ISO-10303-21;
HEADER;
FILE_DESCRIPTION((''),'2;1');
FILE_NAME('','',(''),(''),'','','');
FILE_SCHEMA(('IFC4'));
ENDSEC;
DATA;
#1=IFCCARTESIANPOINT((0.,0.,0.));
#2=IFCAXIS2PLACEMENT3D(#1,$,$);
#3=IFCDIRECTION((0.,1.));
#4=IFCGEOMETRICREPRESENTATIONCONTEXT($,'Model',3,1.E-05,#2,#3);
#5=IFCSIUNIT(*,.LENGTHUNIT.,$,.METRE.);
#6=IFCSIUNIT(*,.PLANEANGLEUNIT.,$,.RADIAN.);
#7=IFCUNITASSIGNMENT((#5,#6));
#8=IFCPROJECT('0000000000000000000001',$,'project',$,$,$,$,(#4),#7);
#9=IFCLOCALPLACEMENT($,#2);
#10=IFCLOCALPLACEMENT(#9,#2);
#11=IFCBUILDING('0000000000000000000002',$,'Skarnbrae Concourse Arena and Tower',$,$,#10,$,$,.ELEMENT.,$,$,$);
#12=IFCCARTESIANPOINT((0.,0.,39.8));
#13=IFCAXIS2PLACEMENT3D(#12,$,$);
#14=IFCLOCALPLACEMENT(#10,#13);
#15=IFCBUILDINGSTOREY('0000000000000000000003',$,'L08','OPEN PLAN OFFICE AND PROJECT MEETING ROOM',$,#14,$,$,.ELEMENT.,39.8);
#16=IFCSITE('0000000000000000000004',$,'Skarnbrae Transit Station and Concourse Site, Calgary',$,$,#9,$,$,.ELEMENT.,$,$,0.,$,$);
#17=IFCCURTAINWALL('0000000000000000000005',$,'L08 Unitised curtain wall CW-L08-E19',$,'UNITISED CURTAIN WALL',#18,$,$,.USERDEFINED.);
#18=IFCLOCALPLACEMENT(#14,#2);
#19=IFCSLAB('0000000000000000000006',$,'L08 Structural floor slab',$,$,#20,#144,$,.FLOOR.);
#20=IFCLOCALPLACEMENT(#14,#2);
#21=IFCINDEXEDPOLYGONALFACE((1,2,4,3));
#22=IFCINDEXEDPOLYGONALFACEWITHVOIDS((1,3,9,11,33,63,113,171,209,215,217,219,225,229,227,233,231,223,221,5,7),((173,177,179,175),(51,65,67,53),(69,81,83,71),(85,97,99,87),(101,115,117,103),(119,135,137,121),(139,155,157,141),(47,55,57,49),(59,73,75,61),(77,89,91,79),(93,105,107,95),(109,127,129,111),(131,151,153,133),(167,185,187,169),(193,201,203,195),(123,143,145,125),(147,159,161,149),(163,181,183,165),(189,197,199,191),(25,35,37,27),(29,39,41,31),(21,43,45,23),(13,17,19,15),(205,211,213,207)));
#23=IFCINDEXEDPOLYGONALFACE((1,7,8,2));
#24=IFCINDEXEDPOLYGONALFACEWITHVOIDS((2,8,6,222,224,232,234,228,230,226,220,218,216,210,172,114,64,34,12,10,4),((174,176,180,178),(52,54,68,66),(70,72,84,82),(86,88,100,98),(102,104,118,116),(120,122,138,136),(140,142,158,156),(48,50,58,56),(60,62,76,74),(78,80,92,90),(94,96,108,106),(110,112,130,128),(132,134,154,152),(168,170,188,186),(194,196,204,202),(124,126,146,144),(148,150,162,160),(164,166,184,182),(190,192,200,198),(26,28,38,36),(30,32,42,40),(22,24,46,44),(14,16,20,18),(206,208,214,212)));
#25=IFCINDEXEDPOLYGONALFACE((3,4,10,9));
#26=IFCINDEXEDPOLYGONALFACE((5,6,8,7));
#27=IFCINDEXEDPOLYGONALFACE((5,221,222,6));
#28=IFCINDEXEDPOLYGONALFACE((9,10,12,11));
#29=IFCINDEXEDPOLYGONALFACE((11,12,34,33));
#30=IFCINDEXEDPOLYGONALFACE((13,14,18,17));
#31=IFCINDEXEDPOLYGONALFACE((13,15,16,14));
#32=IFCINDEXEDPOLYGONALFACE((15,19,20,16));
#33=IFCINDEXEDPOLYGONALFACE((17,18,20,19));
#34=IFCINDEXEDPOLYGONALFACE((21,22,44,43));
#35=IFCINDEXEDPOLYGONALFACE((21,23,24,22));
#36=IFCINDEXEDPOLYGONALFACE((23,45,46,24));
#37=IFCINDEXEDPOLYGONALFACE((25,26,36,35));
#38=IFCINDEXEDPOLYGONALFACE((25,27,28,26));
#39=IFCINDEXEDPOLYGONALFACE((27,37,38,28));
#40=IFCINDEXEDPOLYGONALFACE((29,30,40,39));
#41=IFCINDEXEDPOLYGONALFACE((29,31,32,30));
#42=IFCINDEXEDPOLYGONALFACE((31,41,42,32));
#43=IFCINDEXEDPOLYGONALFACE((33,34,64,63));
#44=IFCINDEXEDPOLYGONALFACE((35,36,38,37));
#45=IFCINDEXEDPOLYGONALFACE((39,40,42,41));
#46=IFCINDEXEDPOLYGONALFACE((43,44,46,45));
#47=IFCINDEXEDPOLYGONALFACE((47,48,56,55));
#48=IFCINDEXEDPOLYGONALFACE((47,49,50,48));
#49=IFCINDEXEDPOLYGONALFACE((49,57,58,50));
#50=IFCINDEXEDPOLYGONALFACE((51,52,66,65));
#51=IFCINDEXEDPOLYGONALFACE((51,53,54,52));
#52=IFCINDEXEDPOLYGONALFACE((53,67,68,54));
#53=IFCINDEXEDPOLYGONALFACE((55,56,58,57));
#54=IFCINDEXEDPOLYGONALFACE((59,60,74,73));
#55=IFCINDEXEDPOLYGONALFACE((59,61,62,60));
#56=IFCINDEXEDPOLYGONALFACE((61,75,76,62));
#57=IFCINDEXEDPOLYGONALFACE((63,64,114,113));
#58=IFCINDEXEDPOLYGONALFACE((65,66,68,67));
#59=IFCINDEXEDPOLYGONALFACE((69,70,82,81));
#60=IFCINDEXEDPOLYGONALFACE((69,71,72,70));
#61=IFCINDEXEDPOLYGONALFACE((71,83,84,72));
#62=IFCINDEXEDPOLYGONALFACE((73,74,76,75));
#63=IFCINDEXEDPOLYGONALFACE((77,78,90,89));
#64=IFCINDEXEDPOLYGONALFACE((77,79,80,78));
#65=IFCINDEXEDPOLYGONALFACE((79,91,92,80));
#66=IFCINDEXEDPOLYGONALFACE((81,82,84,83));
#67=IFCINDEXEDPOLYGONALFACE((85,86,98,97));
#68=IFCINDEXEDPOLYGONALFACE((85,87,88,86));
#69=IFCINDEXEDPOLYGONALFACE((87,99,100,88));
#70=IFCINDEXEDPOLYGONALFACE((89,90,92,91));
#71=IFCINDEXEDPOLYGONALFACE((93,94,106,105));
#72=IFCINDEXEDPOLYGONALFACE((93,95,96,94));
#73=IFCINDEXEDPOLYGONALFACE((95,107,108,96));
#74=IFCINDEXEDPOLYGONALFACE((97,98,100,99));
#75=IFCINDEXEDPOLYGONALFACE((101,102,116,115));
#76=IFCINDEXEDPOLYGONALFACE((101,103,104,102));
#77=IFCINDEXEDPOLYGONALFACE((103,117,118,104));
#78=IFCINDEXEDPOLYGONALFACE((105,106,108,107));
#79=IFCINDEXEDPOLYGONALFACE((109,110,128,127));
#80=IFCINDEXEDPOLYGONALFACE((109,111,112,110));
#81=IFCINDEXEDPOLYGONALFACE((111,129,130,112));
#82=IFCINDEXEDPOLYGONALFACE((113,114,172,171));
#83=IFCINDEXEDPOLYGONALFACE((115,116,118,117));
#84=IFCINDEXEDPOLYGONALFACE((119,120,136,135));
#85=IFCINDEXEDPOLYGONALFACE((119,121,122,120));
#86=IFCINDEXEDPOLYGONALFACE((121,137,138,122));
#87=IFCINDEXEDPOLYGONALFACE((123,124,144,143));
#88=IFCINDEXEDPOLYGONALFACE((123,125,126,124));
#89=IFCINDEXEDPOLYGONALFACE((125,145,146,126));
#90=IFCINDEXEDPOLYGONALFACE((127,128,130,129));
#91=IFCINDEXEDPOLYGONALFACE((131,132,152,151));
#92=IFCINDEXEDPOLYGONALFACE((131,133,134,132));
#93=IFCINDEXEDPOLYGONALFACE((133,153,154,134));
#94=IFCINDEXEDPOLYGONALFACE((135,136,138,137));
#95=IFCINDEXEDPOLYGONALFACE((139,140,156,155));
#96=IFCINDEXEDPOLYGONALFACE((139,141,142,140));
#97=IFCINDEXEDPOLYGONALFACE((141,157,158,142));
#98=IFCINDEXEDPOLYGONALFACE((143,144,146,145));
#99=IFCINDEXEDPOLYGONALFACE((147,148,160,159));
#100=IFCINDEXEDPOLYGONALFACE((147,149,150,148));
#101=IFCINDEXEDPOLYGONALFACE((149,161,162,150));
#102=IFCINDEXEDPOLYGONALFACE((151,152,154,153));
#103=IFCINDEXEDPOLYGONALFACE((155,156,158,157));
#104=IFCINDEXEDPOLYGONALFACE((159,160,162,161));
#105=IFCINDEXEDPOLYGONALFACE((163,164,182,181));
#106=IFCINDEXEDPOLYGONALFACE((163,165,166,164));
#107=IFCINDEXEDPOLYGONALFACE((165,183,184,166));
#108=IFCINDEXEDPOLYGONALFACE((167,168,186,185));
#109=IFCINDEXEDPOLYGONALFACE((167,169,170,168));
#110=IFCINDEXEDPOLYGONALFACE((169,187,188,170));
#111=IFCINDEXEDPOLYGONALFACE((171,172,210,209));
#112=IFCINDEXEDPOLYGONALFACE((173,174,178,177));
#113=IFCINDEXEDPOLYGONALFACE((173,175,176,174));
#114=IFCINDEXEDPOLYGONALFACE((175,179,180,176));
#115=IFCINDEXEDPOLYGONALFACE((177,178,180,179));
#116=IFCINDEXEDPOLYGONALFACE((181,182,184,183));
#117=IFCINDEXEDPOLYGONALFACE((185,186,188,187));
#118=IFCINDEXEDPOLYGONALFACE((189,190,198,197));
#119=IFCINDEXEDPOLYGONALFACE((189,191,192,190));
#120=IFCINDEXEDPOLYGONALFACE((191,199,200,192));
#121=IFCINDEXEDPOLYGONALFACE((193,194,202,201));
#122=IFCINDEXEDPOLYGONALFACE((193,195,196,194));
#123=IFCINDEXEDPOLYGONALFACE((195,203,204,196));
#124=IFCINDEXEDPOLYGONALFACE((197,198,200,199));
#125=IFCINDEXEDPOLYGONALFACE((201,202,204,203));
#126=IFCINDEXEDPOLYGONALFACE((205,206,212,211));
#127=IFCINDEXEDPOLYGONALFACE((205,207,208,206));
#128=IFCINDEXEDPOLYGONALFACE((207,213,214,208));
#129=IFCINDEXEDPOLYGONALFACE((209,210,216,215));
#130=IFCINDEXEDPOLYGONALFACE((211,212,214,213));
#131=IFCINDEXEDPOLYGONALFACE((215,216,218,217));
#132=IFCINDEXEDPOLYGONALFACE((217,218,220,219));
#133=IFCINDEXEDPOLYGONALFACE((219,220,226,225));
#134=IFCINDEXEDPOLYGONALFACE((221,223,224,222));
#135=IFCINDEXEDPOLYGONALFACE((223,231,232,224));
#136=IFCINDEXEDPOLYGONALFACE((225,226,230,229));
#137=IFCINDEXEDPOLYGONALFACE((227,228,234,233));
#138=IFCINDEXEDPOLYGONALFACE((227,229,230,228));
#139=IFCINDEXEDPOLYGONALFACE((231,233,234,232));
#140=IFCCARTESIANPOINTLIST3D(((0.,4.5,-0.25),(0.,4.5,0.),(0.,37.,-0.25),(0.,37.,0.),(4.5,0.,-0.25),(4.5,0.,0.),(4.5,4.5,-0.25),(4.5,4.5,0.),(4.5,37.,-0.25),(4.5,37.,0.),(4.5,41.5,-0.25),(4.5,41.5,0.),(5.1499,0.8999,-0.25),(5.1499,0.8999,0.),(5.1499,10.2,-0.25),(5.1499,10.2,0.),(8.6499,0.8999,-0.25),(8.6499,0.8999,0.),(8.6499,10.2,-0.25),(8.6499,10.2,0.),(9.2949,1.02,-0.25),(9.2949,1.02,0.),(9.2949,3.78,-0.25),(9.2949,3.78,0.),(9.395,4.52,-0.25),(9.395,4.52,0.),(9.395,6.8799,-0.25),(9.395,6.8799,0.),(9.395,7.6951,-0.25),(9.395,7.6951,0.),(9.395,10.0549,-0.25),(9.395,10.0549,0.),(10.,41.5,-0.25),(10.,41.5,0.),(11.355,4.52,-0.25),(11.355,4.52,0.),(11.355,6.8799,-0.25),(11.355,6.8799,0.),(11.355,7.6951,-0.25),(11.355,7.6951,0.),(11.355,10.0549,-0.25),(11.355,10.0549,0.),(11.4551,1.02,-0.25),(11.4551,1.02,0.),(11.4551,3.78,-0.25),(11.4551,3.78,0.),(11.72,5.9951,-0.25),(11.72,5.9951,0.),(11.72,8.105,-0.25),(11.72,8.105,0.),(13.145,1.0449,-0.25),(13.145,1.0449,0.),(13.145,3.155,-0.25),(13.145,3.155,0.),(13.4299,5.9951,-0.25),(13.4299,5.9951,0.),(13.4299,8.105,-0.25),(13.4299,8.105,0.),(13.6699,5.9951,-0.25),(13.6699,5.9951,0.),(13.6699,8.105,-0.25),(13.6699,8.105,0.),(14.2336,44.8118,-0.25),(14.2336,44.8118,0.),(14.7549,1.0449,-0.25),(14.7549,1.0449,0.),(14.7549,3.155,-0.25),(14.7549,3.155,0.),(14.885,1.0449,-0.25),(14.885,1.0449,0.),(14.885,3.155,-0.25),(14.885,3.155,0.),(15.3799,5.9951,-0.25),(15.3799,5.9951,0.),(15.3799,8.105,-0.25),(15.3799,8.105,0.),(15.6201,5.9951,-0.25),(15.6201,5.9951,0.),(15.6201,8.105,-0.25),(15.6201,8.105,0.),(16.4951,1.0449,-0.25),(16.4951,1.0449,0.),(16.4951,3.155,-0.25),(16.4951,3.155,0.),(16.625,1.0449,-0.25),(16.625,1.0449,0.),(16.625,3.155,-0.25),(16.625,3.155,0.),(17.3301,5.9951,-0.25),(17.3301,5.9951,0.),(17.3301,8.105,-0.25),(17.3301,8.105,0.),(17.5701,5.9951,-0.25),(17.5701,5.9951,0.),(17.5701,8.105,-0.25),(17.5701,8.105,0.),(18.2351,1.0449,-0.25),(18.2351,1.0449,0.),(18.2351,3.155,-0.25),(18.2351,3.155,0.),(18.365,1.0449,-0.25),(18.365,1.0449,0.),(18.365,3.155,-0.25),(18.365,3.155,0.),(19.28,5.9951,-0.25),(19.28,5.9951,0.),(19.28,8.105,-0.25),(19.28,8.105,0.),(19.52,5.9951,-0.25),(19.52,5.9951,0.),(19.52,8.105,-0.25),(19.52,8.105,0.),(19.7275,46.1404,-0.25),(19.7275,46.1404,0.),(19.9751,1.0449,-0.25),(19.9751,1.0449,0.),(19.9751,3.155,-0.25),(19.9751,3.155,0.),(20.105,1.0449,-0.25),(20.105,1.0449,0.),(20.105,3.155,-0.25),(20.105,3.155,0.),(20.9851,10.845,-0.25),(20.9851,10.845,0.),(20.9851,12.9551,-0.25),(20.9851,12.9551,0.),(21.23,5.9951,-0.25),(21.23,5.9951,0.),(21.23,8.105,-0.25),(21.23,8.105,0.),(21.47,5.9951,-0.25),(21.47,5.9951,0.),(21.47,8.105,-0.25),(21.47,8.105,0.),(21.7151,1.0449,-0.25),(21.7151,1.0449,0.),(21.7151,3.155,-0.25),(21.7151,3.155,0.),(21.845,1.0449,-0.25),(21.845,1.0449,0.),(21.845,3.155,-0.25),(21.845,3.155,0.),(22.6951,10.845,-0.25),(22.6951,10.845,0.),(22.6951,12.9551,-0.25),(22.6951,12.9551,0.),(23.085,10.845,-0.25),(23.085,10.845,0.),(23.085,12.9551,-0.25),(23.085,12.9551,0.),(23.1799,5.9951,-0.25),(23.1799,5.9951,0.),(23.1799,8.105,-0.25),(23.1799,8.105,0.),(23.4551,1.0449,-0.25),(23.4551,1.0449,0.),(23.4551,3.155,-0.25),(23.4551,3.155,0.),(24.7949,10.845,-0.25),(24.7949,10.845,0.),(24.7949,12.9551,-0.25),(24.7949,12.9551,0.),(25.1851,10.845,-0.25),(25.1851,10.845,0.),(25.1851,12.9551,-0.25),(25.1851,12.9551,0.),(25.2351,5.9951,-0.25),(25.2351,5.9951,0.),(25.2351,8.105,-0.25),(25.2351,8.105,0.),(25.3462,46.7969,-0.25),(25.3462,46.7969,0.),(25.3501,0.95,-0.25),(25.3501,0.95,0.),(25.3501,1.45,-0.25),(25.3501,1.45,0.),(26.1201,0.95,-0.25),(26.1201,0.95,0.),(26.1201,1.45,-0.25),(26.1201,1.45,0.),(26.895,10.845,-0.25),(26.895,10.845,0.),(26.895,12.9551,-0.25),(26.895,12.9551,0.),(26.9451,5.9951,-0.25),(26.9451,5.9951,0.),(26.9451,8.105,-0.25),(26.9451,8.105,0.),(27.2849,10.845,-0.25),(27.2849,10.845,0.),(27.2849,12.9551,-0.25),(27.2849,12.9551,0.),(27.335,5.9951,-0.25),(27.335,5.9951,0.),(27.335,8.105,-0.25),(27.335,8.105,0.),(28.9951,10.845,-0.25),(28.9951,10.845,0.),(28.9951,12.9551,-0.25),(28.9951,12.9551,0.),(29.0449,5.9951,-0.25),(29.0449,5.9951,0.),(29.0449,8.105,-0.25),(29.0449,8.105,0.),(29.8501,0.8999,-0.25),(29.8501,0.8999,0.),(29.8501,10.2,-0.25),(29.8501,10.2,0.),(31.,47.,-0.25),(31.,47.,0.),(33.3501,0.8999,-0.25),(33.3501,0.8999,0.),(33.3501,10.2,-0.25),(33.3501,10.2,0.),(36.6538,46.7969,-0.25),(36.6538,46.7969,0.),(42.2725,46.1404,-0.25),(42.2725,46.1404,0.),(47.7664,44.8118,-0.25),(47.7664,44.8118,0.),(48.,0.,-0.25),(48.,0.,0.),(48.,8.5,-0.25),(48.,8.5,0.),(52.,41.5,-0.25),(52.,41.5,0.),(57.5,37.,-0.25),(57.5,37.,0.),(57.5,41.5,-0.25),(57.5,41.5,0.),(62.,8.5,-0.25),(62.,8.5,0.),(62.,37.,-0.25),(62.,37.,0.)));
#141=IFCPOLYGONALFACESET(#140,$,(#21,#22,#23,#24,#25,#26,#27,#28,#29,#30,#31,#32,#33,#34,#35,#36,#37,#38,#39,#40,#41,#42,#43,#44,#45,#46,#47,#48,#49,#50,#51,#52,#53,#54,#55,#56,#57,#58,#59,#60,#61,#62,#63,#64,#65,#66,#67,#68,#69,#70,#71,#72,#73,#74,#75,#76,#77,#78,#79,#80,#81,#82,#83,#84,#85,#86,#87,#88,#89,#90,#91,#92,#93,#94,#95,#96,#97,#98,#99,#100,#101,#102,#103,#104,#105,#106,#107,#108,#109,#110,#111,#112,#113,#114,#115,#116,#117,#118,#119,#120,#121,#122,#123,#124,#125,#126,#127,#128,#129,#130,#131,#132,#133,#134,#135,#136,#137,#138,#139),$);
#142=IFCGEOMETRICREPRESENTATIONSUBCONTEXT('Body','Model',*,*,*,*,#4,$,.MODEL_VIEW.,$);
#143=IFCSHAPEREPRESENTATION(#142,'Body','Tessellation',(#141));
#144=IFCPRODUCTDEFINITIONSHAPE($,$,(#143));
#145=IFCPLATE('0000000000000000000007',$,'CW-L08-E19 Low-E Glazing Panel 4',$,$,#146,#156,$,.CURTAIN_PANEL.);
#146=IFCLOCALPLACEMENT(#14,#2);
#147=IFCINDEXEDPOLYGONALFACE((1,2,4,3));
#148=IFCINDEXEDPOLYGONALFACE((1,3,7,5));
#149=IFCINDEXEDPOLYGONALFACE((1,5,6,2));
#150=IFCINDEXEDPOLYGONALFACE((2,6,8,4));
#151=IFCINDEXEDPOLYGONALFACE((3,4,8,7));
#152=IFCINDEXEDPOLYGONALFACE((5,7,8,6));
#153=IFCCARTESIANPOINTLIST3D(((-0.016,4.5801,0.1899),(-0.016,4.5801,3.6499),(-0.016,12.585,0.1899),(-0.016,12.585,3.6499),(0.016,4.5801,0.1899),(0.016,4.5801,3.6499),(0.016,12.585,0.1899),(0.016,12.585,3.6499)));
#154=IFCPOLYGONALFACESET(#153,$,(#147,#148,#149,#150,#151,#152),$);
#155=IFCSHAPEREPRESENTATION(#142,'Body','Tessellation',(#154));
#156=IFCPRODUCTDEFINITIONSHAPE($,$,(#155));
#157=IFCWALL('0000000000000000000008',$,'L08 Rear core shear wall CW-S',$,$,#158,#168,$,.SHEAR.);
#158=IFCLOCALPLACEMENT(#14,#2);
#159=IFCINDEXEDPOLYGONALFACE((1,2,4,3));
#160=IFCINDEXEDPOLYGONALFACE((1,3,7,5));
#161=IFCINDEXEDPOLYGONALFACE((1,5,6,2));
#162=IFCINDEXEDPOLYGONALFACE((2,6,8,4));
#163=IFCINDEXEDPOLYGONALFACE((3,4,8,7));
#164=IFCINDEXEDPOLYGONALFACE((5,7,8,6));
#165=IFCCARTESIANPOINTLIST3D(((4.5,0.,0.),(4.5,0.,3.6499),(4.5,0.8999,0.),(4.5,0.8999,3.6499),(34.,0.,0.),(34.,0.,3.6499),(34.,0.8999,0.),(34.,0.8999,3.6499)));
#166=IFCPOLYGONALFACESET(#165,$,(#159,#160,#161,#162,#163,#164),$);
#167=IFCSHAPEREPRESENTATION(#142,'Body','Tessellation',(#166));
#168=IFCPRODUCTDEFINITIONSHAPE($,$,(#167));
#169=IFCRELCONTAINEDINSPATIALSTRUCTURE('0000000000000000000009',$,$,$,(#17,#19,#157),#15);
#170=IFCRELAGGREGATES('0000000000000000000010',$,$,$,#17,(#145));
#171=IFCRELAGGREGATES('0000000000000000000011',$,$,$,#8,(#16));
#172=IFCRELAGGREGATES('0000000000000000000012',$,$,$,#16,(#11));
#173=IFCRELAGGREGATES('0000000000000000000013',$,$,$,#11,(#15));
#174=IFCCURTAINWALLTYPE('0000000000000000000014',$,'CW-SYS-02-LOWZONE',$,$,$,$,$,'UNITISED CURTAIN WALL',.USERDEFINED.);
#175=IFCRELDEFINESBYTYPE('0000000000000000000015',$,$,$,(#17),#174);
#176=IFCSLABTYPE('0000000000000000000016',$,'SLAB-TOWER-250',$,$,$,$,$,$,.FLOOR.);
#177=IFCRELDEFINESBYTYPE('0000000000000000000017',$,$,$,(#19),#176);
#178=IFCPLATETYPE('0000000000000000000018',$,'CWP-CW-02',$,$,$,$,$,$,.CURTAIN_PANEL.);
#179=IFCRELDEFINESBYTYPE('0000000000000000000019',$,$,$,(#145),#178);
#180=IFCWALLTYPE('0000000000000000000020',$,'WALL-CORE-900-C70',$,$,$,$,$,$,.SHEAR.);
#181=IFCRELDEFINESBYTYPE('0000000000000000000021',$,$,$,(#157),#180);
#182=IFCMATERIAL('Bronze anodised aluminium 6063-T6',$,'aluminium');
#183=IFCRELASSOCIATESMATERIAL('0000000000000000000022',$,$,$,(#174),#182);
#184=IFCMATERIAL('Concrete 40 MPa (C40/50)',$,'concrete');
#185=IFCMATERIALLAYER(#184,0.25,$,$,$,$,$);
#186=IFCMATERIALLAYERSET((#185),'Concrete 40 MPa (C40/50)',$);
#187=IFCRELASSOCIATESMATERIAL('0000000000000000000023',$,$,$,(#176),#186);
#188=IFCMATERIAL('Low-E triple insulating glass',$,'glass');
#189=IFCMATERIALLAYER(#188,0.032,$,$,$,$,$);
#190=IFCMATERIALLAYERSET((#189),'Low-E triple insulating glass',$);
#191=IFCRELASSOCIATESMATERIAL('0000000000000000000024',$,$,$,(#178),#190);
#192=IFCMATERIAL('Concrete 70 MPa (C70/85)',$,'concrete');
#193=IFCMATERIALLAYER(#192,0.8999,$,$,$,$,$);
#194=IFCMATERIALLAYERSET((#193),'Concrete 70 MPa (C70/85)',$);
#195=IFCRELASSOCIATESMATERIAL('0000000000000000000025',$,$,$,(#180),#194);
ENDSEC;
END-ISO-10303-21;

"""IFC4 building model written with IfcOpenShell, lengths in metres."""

from ifc_helpers import new_model, si_unit, direction, frame, frame_2d, origin, origin_2d, place, context, subcontext, project, spatial, polyline, rectangle, outline, extrude, source, transform, mapped, material, layer, layer_set, type_object, element, aggregate, save


model = new_model("IFC4")

# Units and contexts
model_context = context("Model", 3, precision=1e-05, world=origin(), true_north=direction((0.0, 1.0)))
body_context = subcontext(model_context, "Body", "Model", "MODEL_VIEW")
ifc_project = project(units=[si_unit("LENGTHUNIT", "METRE"), si_unit("PLANEANGLEUNIT", "RADIAN")], contexts=[model_context])

# Site, building, storey
site_placement = place(None, origin())
site = spatial("IfcSite", under=ifc_project, at=site_placement, Name="Skarnbrae Transit Station and Concourse Site, Calgary", CompositionType="ELEMENT", RefElevation=0.0)
building_placement = place(site_placement, origin())
building = spatial("IfcBuilding", under=site, at=building_placement, Name="Skarnbrae Concourse Arena and Tower", CompositionType="ELEMENT")
storey_placement = place(building_placement, frame((0.0, 0.0, 39.8)))
storey = spatial("IfcBuildingStorey", under=building, at=storey_placement, Name="L08", Description="OPEN PLAN OFFICE AND PROJECT MEETING ROOM", CompositionType="ELEMENT", Elevation=39.8)

# Curtain wall
ifc_material_1 = material(Name="Bronze anodised aluminium 6063-T6", Category="aluminium")
curtain_wall_type = type_object("IfcCurtainWallType", Name="CW-SYS-02-LOWZONE", ElementType="UNITISED CURTAIN WALL", PredefinedType="USERDEFINED", material=ifc_material_1)
curtain_wall_placement = place(storey_placement, origin())
curtain_wall = element("IfcCurtainWall", 1, at=curtain_wall_placement, inside=storey, type_object=curtain_wall_type, Name="L08 Unitised curtain wall CW-L08-E19", ObjectType="UNITISED CURTAIN WALL", PredefinedType="USERDEFINED")

# Shared definitions
ifc_material_2 = material(Name="Concrete 40 MPa (C40/50)", Category="concrete")

# Slab
ifc_layer_1 = layer(ifc_material_2, 0.25)
ifc_layer_set_1 = layer_set([ifc_layer_1], Name="Concrete 40 MPa (C40/50)")
slab_type_1 = type_object("IfcSlabType", Name="SLAB-TOWER-250", PredefinedType="FLOOR", material=ifc_layer_set_1)
slab_1_placement = place(storey_placement, frame((0.0, 0.0, -0.25)))
element("IfcSlab", 2, at=slab_1_placement, inside=storey, type_object=slab_type_1, Name="L08 Structural floor slab", PredefinedType="FLOOR", context=body_context, shape_type="SweptSolid", body=[
    extrude(outline(polyline([(4.5, 0.0), (48.0, 0.0), (48.0, 8.5), (62.0, 8.5), (62.0, 37.0), (57.5, 37.0), (57.5, 41.5), (52.0, 41.5), (47.7664, 44.8118), (42.2725, 46.1404), (36.6538, 46.7969), (31.0, 47.0), (25.3462, 46.7969), (19.7275, 46.1404), (14.2336, 44.8118), (10.0, 41.5), (4.5, 41.5), (4.5, 37.0), (0.0, 37.0), (0.0, 4.5), (4.5, 4.5), (4.5, 0.0)]), holes=[polyline([(13.145, 3.155), (14.7549, 3.155), (14.7549, 1.0449), (13.145, 1.0449), (13.145, 3.155)]), polyline([(16.4951, 3.155), (16.4951, 1.0449), (14.885, 1.0449), (14.885, 3.155), (16.4951, 3.155)]), polyline([(18.2351, 3.155), (18.2351, 1.0449), (16.625, 1.0449), (16.625, 3.155), (18.2351, 3.155)]), polyline([(18.365, 3.155), (19.9751, 3.155), (19.9751, 1.0449), (18.365, 1.0449), (18.365, 3.155)]), polyline([(11.4551, 3.78), (11.4551, 1.02), (9.2949, 1.02), (9.2949, 3.78), (11.4551, 3.78)]), polyline([(8.6499, 0.8999), (5.1499, 0.8999), (5.1499, 10.2), (8.6499, 10.2), (8.6499, 0.8999)]), polyline([(9.395, 6.8799), (11.355, 6.8799), (11.355, 4.52), (9.395, 4.52), (9.395, 6.8799)]), polyline([(13.4299, 8.105), (13.4299, 5.9951), (11.72, 5.9951), (11.72, 8.105), (13.4299, 8.105)]), polyline([(15.3799, 8.105), (15.3799, 5.9951), (13.6699, 5.9951), (13.6699, 8.105), (15.3799, 8.105)]), polyline([(15.6201, 8.105), (17.3301, 8.105), (17.3301, 5.9951), (15.6201, 5.9951), (15.6201, 8.105)]), polyline([(19.28, 8.105), (19.28, 5.9951), (17.5701, 5.9951), (17.5701, 8.105), (19.28, 8.105)]), polyline([(11.355, 10.0549), (11.355, 7.6951), (9.395, 7.6951), (9.395, 10.0549), (11.355, 10.0549)]), polyline([(25.3501, 1.45), (26.1201, 1.45), (26.1201, 0.95), (25.3501, 0.95), (25.3501, 1.45)]), polyline([(21.7151, 3.155), (21.7151, 1.0449), (20.105, 1.0449), (20.105, 3.155), (21.7151, 3.155)]), polyline([(23.4551, 3.155), (23.4551, 1.0449), (21.845, 1.0449), (21.845, 3.155), (23.4551, 3.155)]), polyline([(33.3501, 10.2), (33.3501, 0.8999), (29.8501, 0.8999), (29.8501, 10.2), (33.3501, 10.2)]), polyline([(21.23, 8.105), (21.23, 5.9951), (19.52, 5.9951), (19.52, 8.105), (21.23, 8.105)]), polyline([(23.1799, 8.105), (23.1799, 5.9951), (21.47, 5.9951), (21.47, 8.105), (23.1799, 8.105)]), polyline([(25.2351, 8.105), (26.9451, 8.105), (26.9451, 5.9951), (25.2351, 5.9951), (25.2351, 8.105)]), polyline([(29.0449, 8.105), (29.0449, 5.9951), (27.335, 5.9951), (27.335, 8.105), (29.0449, 8.105)]), polyline([(22.6951, 12.9551), (22.6951, 10.845), (20.9851, 10.845), (20.9851, 12.9551), (22.6951, 12.9551)]), polyline([(23.085, 12.9551), (24.7949, 12.9551), (24.7949, 10.845), (23.085, 10.845), (23.085, 12.9551)]), polyline([(26.895, 12.9551), (26.895, 10.845), (25.1851, 10.845), (25.1851, 12.9551), (26.895, 12.9551)]), polyline([(28.9951, 12.9551), (28.9951, 10.845), (27.2849, 10.845), (27.2849, 12.9551), (28.9951, 12.9551)])]), origin(), (0.0, 0.0, 1.0), 0.25),
])

# Plate
ifc_material_3 = material(Name="Low-E triple insulating glass", Category="glass")
ifc_layer_2 = layer(ifc_material_3, 0.032)
ifc_layer_set_2 = layer_set([ifc_layer_2], Name="Low-E triple insulating glass")
plate_type = type_object("IfcPlateType", Name="CWP-CW-02", PredefinedType="CURTAIN_PANEL", material=ifc_layer_set_2)
shared_shape_1 = source(origin(), body_context, "Body", "SweptSolid", [
    extrude(rectangle(XDim=8.0049, YDim=0.032, at=origin_2d()), origin(), (0.0, 0.0, 1.0), 3.46),
])
plate_placement = place(storey_placement, frame((0.0, 8.5825, 0.1899), z_axis=(0.0, 0.0, 1.0), x_axis=(0.0, -1.0, 0.0)))
plate = element("IfcPlate", 3, at=plate_placement, type_object=plate_type, Name="CW-L08-E19 Low-E Glazing Panel 4", PredefinedType="CURTAIN_PANEL", context=body_context, shape_type="MappedRepresentation", body=[
    mapped(shared_shape_1, transform((0.0, 0.0, 0.0))),
])
aggregate(curtain_wall, [plate])

# Wall
ifc_material_4 = material(Name="Concrete 70 MPa (C70/85)", Category="concrete")
ifc_layer_3 = layer(ifc_material_4, 0.8999)
ifc_layer_set_3 = layer_set([ifc_layer_3], Name="Concrete 70 MPa (C70/85)")
wall_type_1 = type_object("IfcWallType", Name="WALL-CORE-900-C70", PredefinedType="SHEAR", material=ifc_layer_set_3)
shared_shape_2 = source(origin(), body_context, "Body", "SweptSolid", [
    extrude(rectangle(XDim=29.5, YDim=0.8999, at=frame_2d((14.75, 0.0))), origin(), (0.0, 0.0, 1.0), 3.6499),
])
wall_1_placement = place(storey_placement, frame((4.5, 0.45, 0.0), z_axis=(0.0, 0.0, 1.0), x_axis=(1.0, 0.0, 0.0)))
element("IfcWall", 4, at=wall_1_placement, inside=storey, type_object=wall_type_1, Name="L08 Rear core shear wall CW-S", PredefinedType="SHEAR", context=body_context, shape_type="MappedRepresentation", body=[
    mapped(shared_shape_2, transform((0.0, 0.0, 0.0))),
])

save(model, "model.ifc")
